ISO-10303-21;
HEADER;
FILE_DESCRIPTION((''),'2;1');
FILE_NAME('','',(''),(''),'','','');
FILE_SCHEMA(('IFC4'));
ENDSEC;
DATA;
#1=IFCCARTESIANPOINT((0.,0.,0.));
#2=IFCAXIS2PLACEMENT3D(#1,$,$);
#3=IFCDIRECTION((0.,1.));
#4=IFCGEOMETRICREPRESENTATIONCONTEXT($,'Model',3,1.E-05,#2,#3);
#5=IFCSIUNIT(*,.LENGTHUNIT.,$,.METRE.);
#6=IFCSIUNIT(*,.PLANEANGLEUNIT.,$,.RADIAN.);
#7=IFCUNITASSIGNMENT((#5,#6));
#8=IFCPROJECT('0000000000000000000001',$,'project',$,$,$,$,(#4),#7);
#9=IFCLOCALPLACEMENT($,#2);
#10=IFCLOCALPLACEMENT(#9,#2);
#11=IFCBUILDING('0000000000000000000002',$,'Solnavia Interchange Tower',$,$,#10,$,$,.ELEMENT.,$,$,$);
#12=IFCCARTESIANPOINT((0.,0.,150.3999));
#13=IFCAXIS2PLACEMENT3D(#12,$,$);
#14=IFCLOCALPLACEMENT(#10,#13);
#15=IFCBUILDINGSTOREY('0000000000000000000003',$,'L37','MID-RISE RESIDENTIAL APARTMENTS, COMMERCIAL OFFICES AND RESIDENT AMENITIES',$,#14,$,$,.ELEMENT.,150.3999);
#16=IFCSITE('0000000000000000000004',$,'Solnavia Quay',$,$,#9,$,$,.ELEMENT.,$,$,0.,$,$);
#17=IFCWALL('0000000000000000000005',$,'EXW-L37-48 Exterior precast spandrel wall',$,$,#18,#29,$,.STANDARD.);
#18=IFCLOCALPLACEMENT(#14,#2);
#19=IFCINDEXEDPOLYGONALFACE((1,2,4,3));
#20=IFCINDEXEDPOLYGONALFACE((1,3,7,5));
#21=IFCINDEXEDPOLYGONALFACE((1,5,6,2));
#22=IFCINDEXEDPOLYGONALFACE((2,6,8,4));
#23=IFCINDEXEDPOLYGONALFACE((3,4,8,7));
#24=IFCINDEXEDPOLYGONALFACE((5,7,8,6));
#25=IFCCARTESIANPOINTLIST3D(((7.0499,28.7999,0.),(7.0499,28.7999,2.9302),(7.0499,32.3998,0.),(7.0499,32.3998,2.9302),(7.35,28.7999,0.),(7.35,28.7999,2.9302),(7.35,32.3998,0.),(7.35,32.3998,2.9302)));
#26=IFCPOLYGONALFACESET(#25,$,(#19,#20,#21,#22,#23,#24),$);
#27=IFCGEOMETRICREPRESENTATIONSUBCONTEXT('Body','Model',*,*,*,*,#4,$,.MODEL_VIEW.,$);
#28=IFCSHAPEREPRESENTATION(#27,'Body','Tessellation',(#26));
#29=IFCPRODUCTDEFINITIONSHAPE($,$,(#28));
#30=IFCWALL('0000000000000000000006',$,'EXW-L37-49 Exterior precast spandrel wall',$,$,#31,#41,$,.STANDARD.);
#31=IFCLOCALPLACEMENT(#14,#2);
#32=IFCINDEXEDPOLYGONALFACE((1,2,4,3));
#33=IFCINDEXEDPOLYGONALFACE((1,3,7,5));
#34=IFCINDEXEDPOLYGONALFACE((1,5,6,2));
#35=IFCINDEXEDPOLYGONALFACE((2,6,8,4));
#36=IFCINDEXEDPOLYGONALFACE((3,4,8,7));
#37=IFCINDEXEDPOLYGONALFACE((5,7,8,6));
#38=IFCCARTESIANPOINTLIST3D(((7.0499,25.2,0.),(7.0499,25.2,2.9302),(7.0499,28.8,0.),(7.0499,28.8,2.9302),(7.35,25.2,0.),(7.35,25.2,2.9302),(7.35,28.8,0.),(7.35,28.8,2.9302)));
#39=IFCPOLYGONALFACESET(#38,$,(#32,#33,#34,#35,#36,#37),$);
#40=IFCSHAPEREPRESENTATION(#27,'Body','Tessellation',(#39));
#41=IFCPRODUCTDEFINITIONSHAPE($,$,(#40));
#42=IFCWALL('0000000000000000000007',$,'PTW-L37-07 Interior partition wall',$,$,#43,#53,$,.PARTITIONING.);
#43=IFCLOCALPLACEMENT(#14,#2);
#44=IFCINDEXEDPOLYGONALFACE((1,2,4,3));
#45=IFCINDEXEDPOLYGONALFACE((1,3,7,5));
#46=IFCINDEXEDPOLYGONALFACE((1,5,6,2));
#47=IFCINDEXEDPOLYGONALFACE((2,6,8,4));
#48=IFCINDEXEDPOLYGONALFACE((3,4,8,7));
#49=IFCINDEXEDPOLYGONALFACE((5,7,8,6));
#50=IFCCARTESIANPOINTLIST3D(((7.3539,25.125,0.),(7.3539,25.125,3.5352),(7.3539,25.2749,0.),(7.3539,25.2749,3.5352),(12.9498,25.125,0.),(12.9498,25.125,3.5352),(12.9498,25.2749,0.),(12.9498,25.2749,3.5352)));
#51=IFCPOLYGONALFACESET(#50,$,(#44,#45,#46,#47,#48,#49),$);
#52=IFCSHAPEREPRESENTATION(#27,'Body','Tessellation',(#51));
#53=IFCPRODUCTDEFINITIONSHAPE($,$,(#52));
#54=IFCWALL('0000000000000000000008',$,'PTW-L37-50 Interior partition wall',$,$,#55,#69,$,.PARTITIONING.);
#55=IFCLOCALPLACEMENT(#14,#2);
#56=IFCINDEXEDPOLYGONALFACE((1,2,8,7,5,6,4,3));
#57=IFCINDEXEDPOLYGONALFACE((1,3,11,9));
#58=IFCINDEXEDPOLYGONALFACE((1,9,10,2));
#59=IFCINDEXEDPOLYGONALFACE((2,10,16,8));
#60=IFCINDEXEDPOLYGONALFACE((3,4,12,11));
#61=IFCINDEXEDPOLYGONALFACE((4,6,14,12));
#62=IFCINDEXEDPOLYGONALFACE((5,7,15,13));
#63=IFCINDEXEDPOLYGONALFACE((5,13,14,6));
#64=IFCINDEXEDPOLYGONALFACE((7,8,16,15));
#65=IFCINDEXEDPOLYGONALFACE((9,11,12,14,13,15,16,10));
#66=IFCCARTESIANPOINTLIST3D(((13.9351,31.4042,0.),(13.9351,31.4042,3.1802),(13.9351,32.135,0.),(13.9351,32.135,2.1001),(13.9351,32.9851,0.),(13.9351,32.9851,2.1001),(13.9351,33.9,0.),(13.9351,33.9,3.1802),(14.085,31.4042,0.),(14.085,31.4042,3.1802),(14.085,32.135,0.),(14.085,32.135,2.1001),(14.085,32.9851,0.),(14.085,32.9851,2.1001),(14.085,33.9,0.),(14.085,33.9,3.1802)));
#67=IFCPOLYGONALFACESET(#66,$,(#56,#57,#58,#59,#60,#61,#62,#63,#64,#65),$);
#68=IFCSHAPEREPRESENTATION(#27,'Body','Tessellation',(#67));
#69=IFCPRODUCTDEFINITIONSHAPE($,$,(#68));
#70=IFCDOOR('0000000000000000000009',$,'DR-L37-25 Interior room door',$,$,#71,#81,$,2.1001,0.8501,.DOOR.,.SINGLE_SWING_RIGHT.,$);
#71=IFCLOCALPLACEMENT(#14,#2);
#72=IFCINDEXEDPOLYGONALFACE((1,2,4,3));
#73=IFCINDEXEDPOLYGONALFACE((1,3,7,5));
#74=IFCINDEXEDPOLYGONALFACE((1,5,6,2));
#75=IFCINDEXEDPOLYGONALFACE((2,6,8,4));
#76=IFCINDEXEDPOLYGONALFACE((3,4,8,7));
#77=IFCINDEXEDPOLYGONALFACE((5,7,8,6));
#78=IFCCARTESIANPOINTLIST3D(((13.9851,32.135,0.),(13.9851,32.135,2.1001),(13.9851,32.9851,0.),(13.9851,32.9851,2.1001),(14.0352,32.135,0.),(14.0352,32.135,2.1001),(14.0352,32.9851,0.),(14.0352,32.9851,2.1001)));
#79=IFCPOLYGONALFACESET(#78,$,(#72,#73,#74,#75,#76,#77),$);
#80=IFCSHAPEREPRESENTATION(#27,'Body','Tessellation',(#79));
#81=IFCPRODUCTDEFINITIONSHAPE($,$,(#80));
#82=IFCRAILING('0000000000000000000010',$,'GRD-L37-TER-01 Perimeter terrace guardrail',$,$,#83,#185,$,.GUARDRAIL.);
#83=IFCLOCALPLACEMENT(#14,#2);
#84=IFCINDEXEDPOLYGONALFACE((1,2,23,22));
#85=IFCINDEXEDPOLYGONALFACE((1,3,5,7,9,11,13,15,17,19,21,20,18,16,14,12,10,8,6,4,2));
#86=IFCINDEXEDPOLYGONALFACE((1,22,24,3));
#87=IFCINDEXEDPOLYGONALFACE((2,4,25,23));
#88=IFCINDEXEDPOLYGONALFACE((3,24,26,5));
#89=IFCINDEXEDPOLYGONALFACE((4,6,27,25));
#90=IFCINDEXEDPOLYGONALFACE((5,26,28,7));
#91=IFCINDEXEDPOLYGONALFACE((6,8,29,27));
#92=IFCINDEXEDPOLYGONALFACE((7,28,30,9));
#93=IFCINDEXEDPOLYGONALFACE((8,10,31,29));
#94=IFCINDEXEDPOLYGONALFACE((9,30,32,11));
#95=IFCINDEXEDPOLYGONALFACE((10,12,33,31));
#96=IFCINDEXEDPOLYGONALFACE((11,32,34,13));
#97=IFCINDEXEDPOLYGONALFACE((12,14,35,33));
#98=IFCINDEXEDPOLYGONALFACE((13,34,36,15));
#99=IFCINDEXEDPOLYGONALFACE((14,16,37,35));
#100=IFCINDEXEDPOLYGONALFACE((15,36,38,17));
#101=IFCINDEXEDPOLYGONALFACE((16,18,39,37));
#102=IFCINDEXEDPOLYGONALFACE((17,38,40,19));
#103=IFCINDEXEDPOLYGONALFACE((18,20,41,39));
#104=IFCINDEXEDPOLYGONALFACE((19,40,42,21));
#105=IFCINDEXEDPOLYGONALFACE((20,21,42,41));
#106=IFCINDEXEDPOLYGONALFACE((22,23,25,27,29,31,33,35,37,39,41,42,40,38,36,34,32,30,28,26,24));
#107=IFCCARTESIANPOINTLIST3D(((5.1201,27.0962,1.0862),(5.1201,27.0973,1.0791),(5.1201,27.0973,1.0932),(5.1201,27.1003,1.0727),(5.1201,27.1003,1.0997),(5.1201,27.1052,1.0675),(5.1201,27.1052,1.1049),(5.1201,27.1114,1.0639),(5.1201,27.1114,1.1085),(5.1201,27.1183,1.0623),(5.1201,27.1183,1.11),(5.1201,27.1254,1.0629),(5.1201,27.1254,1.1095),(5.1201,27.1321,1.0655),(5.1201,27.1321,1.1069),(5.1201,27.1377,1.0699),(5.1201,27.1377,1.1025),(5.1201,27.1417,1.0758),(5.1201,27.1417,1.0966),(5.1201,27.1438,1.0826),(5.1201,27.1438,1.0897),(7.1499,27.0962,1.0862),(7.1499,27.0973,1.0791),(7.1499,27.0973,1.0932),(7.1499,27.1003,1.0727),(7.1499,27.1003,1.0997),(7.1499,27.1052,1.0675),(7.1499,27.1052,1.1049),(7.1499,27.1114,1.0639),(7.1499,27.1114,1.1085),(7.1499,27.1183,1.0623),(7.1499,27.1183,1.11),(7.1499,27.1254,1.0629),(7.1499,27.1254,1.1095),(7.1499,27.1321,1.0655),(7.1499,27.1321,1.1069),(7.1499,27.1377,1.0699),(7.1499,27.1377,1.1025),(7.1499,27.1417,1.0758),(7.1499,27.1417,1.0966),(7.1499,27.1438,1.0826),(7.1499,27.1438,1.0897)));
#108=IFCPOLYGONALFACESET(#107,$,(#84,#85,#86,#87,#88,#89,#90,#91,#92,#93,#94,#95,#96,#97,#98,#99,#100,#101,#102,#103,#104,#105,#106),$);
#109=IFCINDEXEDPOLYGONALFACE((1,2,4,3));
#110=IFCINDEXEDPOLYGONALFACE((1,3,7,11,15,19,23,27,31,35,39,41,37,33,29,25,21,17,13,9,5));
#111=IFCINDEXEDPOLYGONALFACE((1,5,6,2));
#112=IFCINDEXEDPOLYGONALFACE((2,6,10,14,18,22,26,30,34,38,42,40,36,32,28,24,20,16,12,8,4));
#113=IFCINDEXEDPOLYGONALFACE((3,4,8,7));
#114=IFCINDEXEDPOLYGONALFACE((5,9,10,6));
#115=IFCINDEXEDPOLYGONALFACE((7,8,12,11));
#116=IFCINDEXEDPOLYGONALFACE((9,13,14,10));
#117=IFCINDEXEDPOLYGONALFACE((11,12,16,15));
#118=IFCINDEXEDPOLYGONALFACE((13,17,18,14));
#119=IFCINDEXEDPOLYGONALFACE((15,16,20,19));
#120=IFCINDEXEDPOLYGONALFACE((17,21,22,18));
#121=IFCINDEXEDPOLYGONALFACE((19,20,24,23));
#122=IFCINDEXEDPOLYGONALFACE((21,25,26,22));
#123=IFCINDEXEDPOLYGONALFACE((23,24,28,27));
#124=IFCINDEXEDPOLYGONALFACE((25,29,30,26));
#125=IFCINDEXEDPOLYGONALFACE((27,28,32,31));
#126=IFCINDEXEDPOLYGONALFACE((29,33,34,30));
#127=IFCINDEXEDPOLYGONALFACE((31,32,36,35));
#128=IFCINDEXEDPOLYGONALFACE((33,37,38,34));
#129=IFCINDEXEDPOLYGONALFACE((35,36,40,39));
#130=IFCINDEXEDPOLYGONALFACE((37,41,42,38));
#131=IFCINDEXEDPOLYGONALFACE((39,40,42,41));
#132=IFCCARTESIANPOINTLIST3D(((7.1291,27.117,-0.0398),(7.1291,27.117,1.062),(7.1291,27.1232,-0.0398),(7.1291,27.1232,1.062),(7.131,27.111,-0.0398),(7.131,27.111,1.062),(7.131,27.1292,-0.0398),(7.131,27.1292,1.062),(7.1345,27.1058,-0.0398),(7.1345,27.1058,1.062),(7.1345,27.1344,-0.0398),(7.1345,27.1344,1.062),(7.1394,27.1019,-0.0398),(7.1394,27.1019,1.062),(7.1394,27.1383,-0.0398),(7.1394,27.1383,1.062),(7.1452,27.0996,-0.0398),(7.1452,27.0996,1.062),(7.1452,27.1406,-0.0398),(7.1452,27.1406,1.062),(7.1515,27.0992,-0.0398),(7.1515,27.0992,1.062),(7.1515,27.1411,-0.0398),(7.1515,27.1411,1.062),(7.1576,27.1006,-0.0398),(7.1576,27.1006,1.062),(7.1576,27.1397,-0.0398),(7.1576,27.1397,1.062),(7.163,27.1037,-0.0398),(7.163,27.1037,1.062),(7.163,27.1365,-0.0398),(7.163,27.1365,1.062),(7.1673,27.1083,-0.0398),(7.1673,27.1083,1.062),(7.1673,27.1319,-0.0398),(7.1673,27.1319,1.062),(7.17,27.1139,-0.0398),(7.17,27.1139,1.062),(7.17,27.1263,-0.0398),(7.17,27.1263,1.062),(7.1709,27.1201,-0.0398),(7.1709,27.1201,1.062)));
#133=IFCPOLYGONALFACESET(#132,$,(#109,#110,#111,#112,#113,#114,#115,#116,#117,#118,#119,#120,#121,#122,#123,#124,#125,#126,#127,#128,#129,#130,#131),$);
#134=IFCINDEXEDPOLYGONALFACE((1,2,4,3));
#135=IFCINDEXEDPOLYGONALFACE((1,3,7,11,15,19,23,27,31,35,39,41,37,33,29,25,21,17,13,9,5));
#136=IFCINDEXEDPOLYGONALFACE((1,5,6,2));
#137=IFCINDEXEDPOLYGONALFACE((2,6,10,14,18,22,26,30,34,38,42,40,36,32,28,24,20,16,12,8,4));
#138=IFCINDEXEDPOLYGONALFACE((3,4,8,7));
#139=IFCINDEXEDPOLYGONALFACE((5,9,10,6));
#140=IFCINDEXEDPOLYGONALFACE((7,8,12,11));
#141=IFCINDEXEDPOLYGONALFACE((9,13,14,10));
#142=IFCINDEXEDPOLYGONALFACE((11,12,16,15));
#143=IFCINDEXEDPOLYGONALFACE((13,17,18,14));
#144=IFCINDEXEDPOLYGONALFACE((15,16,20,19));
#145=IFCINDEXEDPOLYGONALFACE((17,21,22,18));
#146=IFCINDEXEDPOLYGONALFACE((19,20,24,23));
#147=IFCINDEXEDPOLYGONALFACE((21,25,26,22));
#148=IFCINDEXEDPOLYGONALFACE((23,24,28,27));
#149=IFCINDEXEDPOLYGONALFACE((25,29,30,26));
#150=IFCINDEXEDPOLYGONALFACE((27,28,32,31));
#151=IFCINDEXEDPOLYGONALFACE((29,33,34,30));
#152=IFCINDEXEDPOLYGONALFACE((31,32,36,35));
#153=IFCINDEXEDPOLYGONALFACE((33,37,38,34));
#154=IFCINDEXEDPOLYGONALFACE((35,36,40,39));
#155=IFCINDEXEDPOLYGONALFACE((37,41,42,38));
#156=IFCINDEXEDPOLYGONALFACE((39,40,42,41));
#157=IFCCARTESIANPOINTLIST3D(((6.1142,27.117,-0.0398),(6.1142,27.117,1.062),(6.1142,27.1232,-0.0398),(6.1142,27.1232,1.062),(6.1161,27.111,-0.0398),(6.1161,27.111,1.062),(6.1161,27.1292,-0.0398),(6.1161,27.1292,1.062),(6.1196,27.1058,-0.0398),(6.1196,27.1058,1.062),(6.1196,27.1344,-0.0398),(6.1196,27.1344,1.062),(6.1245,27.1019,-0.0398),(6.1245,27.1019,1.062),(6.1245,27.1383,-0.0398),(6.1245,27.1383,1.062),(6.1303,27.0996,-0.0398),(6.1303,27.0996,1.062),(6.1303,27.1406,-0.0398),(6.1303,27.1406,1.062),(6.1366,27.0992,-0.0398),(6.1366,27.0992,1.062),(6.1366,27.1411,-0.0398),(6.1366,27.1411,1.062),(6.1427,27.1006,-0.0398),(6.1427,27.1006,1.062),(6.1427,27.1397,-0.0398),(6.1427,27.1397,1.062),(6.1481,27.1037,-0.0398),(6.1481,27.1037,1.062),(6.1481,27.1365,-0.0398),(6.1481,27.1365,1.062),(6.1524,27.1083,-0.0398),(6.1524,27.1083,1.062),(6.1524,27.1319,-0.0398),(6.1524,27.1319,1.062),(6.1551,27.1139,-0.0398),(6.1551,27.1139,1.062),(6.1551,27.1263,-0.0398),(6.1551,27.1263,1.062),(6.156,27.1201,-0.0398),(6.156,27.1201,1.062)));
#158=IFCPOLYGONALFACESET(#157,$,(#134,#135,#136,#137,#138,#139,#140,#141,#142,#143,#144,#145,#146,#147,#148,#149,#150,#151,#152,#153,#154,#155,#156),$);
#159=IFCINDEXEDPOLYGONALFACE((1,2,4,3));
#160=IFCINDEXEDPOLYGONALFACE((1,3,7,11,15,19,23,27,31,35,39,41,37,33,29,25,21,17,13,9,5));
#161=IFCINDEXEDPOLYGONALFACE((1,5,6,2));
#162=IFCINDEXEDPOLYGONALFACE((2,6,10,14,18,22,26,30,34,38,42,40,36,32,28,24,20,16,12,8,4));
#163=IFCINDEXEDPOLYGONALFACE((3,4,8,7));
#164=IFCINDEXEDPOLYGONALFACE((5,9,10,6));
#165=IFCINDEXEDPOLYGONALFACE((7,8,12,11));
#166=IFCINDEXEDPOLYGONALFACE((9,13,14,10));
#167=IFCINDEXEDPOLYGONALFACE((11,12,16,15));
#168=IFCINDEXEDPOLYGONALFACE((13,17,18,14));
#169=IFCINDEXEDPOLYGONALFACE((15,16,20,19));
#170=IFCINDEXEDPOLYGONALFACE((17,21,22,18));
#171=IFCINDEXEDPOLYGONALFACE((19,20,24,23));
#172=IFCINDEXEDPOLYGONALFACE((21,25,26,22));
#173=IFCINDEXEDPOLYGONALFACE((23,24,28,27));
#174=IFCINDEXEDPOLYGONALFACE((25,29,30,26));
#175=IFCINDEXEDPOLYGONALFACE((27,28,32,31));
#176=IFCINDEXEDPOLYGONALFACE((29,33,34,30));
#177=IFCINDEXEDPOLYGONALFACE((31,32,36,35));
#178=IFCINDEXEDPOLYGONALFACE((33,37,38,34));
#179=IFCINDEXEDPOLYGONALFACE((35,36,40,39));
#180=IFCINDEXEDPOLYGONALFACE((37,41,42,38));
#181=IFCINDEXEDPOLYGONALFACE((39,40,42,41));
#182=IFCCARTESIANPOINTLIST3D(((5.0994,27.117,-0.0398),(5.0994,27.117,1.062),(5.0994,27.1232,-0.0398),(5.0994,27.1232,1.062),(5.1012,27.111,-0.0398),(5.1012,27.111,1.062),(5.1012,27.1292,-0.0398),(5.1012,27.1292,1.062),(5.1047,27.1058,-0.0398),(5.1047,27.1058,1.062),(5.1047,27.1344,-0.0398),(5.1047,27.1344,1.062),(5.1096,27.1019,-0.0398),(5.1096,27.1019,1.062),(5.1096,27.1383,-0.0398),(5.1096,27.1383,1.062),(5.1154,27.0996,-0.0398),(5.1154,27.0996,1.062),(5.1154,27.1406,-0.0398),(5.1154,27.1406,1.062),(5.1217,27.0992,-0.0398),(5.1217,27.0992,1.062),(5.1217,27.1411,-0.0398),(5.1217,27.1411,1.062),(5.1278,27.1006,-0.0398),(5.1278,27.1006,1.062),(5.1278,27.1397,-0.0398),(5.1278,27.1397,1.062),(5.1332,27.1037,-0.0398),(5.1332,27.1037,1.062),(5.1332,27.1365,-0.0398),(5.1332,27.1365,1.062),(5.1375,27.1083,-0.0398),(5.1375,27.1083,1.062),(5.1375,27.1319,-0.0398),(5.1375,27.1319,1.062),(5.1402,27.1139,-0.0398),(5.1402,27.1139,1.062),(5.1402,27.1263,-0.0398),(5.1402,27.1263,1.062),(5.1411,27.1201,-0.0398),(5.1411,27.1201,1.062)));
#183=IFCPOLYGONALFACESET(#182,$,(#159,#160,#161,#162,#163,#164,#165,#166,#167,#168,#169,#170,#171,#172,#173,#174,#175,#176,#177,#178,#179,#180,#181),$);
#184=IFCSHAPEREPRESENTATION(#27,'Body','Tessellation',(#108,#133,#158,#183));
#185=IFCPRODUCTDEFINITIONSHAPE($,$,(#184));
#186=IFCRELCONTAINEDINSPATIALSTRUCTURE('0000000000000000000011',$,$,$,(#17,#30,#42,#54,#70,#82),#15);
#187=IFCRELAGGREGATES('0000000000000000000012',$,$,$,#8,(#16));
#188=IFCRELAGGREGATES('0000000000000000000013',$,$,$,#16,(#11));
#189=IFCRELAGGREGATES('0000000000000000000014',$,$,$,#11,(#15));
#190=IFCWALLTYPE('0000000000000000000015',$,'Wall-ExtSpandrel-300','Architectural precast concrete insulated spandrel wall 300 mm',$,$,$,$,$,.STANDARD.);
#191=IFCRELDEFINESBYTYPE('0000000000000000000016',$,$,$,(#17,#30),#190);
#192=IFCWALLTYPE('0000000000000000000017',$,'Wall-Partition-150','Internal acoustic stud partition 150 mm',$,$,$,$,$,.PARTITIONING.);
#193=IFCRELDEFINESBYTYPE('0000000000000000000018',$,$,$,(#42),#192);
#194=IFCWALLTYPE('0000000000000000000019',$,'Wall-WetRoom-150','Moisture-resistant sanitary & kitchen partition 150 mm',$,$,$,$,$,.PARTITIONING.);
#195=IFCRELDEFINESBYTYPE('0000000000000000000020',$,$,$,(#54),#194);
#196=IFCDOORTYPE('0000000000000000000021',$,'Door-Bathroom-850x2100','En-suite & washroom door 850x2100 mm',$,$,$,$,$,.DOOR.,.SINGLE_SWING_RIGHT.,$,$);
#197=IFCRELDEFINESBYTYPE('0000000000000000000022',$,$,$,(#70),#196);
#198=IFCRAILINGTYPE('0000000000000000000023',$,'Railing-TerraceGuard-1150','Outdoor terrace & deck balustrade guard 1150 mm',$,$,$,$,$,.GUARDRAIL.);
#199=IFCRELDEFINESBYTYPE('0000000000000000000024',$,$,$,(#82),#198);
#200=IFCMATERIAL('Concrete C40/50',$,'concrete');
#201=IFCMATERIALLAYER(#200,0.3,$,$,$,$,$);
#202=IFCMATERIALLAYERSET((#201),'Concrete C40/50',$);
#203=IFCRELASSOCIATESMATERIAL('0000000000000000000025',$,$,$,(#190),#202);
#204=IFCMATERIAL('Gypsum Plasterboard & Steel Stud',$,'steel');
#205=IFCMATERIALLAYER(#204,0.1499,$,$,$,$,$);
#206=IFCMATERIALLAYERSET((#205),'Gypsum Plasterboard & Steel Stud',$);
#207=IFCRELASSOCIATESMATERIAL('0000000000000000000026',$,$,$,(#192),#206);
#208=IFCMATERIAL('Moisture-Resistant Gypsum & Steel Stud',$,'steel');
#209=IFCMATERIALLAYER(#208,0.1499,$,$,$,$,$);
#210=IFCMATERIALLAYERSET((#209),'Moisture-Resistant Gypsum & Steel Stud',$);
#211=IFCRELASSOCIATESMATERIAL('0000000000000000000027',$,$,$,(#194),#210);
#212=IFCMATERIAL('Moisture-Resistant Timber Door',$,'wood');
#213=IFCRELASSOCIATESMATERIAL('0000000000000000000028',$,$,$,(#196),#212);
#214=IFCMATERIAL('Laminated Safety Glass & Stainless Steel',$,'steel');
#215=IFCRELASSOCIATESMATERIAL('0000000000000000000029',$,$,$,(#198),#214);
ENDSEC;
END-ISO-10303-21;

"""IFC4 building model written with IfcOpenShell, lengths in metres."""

from ifc_helpers import new_model, si_unit, direction, frame, frame_2d, origin, origin_2d, place, context, subcontext, project, spatial, rectangle, circle, extrude, material, layer, layer_set, type_object, element, fill, save


model = new_model("IFC4")

# Units and contexts
model_context = context("Model", 3, precision=1e-05, world=origin(), true_north=direction((0.0, 1.0)))
body_context = subcontext(model_context, "Body", "Model", "MODEL_VIEW")
ifc_project = project(units=[si_unit("LENGTHUNIT", "METRE"), si_unit("PLANEANGLEUNIT", "RADIAN")], contexts=[model_context])

# Site, building, storey
site_placement = place(None, origin())
site = spatial("IfcSite", under=ifc_project, at=site_placement, Name="Solnavia Quay", CompositionType="ELEMENT", RefElevation=0.0)
building_placement = place(site_placement, origin())
building = spatial("IfcBuilding", under=site, at=building_placement, Name="Solnavia Interchange Tower", CompositionType="ELEMENT")
storey_placement = place(building_placement, frame((0.0, 0.0, 150.3999)))
storey = spatial("IfcBuildingStorey", under=building, at=storey_placement, Name="L37", Description="MID-RISE RESIDENTIAL APARTMENTS, COMMERCIAL OFFICES AND RESIDENT AMENITIES", CompositionType="ELEMENT", Elevation=150.3999)

# Shared definitions
ifc_material_1 = material(Name="Concrete C40/50", Category="concrete")
ifc_layer_1 = layer(ifc_material_1, 0.3)
ifc_layer_set_1 = layer_set([ifc_layer_1], Name="Concrete C40/50")
wall_type_1 = type_object("IfcWallType", Name="Wall-ExtSpandrel-300", Description="Architectural precast concrete insulated spandrel wall 300 mm", PredefinedType="STANDARD", material=ifc_layer_set_1)

# Walls
wall_1_placement = place(storey_placement, frame((7.2, 28.8, 0.0), z_axis=(0.0, 0.0, 1.0), x_axis=(0.0, 1.0, 0.0)))
element("IfcWall", 1, at=wall_1_placement, inside=storey, type_object=wall_type_1, Name="EXW-L37-48 Exterior precast spandrel wall", PredefinedType="STANDARD", context=body_context, shape_type="SweptSolid", body=[
    extrude(rectangle(XDim=3.5999, YDim=0.3, at=frame_2d((1.7998, 0.0))), origin(), (0.0, 0.0, 1.0), 2.9302),
])
wall_2_placement = place(storey_placement, frame((7.2, 25.2, 0.0), z_axis=(0.0, 0.0, 1.0), x_axis=(0.0, 1.0, 0.0)))
element("IfcWall", 2, at=wall_2_placement, inside=storey, type_object=wall_type_1, Name="EXW-L37-49 Exterior precast spandrel wall", PredefinedType="STANDARD", context=body_context, shape_type="SweptSolid", body=[
    extrude(rectangle(XDim=3.6001, YDim=0.3, at=frame_2d((1.8, 0.0))), origin(), (0.0, 0.0, 1.0), 2.9302),
])
ifc_material_2 = material(Name="Gypsum Plasterboard & Steel Stud", Category="steel")
ifc_layer_2 = layer(ifc_material_2, 0.1499)
ifc_layer_set_2 = layer_set([ifc_layer_2], Name="Gypsum Plasterboard & Steel Stud")
wall_type_2 = type_object("IfcWallType", Name="Wall-Partition-150", Description="Internal acoustic stud partition 150 mm", PredefinedType="PARTITIONING", material=ifc_layer_set_2)
wall_3_placement = place(storey_placement, frame((7.354, 25.2, 0.0), z_axis=(0.0, 0.0, 1.0), x_axis=(1.0, 0.0, 0.0)))
element("IfcWall", 3, at=wall_3_placement, inside=storey, type_object=wall_type_2, Name="PTW-L37-07 Interior partition wall", PredefinedType="PARTITIONING", context=body_context, shape_type="SweptSolid", body=[
    extrude(rectangle(XDim=5.5959, YDim=0.1499, at=frame_2d((2.7979, 0.0))), origin(), (0.0, 0.0, 1.0), 3.5352),
])

# Wall, opening, door
ifc_material_3 = material(Name="Moisture-Resistant Gypsum & Steel Stud", Category="steel")
ifc_layer_3 = layer(ifc_material_3, 0.1499)
ifc_layer_set_3 = layer_set([ifc_layer_3], Name="Moisture-Resistant Gypsum & Steel Stud")
wall_type_3 = type_object("IfcWallType", Name="Wall-WetRoom-150", Description="Moisture-resistant sanitary & kitchen partition 150 mm", PredefinedType="PARTITIONING", material=ifc_layer_set_3)
wall_4_placement = place(storey_placement, frame((14.01, 31.4041, 0.0), z_axis=(0.0, 0.0, 1.0), x_axis=(0.0, 1.0, 0.0)))
wall_4 = element("IfcWall", 4, at=wall_4_placement, inside=storey, type_object=wall_type_3, Name="PTW-L37-50 Interior partition wall", PredefinedType="PARTITIONING", context=body_context, shape_type="SweptSolid", body=[
    extrude(rectangle(XDim=2.4958, YDim=0.1499, at=frame_2d((1.248, 0.0))), origin(), (0.0, 0.0, 1.0), 3.1802),
])
opening_1_placement = place(wall_4_placement, frame((0.731, 0.0, 0.0)))
opening_1 = element("IfcOpeningElement", 5, at=opening_1_placement, cuts=wall_4, PredefinedType="OPENING", context=body_context, shape_type="SweptSolid", body=[
    extrude(rectangle(XDim=0.8501, YDim=2.1001, at=frame_2d((0.425, 1.05))), frame((0.0, 0.085, 0.0), z_axis=(0.0, -1.0, 0.0), x_axis=(1.0, 0.0, 0.0)), (0.0, 0.0, 1.0), 0.1699),
])
ifc_material_4 = material(Name="Moisture-Resistant Timber Door", Category="wood")
door_type_1 = type_object("IfcDoorType", Name="Door-Bathroom-850x2100", Description="En-suite & washroom door 850x2100 mm", OperationType="SINGLE_SWING_RIGHT", PredefinedType="DOOR", material=ifc_material_4)
door_1_placement = place(opening_1_placement, origin())
door_1 = element("IfcDoor", 6, at=door_1_placement, inside=storey, type_object=door_type_1, Name="DR-L37-25 Interior room door", OperationType="SINGLE_SWING_RIGHT", OverallHeight=2.1001, OverallWidth=0.8501, PredefinedType="DOOR", context=body_context, shape_type="SweptSolid", body=[
    extrude(rectangle(XDim=0.8501, YDim=2.1001, at=frame_2d((0.425, 1.05))), frame((0.0, 0.0249, 0.0), z_axis=(0.0, -1.0, 0.0), x_axis=(1.0, 0.0, 0.0)), (0.0, 0.0, 1.0), 0.05),
])
fill(opening_1, door_1)

# Railing
ifc_material_5 = material(Name="Laminated Safety Glass & Stainless Steel", Category="steel")
railing_type = type_object("IfcRailingType", Name="Railing-TerraceGuard-1150", Description="Outdoor terrace & deck balustrade guard 1150 mm", PredefinedType="GUARDRAIL", material=ifc_material_5)
railing_1_placement = place(storey_placement, frame((7.1499, 27.1201, -0.0398)))
element("IfcRailing", 7, at=railing_1_placement, inside=storey, type_object=railing_type, Name="GRD-L37-TER-01 Perimeter terrace guardrail", PredefinedType="GUARDRAIL", context=body_context, shape_type="SweptSolid", body=[
    extrude(circle(Radius=0.0239, at=origin_2d()), frame((0.0, 0.0, 1.126), z_axis=(-1.0, 0.0, 0.0), x_axis=(0.0, -1.0, 0.0)), (0.0, 0.0, 1.0), 2.0298),
    extrude(circle(Radius=0.021, at=origin_2d()), origin(), (0.0, 0.0, 1.0), 1.1018),
    extrude(circle(Radius=0.021, at=origin_2d()), frame((-1.0149, 0.0, 0.0)), (0.0, 0.0, 1.0), 1.1018),
    extrude(circle(Radius=0.021, at=origin_2d()), frame((-2.0298, 0.0, 0.0)), (0.0, 0.0, 1.0), 1.1018),
])

save(model, "model.ifc")
